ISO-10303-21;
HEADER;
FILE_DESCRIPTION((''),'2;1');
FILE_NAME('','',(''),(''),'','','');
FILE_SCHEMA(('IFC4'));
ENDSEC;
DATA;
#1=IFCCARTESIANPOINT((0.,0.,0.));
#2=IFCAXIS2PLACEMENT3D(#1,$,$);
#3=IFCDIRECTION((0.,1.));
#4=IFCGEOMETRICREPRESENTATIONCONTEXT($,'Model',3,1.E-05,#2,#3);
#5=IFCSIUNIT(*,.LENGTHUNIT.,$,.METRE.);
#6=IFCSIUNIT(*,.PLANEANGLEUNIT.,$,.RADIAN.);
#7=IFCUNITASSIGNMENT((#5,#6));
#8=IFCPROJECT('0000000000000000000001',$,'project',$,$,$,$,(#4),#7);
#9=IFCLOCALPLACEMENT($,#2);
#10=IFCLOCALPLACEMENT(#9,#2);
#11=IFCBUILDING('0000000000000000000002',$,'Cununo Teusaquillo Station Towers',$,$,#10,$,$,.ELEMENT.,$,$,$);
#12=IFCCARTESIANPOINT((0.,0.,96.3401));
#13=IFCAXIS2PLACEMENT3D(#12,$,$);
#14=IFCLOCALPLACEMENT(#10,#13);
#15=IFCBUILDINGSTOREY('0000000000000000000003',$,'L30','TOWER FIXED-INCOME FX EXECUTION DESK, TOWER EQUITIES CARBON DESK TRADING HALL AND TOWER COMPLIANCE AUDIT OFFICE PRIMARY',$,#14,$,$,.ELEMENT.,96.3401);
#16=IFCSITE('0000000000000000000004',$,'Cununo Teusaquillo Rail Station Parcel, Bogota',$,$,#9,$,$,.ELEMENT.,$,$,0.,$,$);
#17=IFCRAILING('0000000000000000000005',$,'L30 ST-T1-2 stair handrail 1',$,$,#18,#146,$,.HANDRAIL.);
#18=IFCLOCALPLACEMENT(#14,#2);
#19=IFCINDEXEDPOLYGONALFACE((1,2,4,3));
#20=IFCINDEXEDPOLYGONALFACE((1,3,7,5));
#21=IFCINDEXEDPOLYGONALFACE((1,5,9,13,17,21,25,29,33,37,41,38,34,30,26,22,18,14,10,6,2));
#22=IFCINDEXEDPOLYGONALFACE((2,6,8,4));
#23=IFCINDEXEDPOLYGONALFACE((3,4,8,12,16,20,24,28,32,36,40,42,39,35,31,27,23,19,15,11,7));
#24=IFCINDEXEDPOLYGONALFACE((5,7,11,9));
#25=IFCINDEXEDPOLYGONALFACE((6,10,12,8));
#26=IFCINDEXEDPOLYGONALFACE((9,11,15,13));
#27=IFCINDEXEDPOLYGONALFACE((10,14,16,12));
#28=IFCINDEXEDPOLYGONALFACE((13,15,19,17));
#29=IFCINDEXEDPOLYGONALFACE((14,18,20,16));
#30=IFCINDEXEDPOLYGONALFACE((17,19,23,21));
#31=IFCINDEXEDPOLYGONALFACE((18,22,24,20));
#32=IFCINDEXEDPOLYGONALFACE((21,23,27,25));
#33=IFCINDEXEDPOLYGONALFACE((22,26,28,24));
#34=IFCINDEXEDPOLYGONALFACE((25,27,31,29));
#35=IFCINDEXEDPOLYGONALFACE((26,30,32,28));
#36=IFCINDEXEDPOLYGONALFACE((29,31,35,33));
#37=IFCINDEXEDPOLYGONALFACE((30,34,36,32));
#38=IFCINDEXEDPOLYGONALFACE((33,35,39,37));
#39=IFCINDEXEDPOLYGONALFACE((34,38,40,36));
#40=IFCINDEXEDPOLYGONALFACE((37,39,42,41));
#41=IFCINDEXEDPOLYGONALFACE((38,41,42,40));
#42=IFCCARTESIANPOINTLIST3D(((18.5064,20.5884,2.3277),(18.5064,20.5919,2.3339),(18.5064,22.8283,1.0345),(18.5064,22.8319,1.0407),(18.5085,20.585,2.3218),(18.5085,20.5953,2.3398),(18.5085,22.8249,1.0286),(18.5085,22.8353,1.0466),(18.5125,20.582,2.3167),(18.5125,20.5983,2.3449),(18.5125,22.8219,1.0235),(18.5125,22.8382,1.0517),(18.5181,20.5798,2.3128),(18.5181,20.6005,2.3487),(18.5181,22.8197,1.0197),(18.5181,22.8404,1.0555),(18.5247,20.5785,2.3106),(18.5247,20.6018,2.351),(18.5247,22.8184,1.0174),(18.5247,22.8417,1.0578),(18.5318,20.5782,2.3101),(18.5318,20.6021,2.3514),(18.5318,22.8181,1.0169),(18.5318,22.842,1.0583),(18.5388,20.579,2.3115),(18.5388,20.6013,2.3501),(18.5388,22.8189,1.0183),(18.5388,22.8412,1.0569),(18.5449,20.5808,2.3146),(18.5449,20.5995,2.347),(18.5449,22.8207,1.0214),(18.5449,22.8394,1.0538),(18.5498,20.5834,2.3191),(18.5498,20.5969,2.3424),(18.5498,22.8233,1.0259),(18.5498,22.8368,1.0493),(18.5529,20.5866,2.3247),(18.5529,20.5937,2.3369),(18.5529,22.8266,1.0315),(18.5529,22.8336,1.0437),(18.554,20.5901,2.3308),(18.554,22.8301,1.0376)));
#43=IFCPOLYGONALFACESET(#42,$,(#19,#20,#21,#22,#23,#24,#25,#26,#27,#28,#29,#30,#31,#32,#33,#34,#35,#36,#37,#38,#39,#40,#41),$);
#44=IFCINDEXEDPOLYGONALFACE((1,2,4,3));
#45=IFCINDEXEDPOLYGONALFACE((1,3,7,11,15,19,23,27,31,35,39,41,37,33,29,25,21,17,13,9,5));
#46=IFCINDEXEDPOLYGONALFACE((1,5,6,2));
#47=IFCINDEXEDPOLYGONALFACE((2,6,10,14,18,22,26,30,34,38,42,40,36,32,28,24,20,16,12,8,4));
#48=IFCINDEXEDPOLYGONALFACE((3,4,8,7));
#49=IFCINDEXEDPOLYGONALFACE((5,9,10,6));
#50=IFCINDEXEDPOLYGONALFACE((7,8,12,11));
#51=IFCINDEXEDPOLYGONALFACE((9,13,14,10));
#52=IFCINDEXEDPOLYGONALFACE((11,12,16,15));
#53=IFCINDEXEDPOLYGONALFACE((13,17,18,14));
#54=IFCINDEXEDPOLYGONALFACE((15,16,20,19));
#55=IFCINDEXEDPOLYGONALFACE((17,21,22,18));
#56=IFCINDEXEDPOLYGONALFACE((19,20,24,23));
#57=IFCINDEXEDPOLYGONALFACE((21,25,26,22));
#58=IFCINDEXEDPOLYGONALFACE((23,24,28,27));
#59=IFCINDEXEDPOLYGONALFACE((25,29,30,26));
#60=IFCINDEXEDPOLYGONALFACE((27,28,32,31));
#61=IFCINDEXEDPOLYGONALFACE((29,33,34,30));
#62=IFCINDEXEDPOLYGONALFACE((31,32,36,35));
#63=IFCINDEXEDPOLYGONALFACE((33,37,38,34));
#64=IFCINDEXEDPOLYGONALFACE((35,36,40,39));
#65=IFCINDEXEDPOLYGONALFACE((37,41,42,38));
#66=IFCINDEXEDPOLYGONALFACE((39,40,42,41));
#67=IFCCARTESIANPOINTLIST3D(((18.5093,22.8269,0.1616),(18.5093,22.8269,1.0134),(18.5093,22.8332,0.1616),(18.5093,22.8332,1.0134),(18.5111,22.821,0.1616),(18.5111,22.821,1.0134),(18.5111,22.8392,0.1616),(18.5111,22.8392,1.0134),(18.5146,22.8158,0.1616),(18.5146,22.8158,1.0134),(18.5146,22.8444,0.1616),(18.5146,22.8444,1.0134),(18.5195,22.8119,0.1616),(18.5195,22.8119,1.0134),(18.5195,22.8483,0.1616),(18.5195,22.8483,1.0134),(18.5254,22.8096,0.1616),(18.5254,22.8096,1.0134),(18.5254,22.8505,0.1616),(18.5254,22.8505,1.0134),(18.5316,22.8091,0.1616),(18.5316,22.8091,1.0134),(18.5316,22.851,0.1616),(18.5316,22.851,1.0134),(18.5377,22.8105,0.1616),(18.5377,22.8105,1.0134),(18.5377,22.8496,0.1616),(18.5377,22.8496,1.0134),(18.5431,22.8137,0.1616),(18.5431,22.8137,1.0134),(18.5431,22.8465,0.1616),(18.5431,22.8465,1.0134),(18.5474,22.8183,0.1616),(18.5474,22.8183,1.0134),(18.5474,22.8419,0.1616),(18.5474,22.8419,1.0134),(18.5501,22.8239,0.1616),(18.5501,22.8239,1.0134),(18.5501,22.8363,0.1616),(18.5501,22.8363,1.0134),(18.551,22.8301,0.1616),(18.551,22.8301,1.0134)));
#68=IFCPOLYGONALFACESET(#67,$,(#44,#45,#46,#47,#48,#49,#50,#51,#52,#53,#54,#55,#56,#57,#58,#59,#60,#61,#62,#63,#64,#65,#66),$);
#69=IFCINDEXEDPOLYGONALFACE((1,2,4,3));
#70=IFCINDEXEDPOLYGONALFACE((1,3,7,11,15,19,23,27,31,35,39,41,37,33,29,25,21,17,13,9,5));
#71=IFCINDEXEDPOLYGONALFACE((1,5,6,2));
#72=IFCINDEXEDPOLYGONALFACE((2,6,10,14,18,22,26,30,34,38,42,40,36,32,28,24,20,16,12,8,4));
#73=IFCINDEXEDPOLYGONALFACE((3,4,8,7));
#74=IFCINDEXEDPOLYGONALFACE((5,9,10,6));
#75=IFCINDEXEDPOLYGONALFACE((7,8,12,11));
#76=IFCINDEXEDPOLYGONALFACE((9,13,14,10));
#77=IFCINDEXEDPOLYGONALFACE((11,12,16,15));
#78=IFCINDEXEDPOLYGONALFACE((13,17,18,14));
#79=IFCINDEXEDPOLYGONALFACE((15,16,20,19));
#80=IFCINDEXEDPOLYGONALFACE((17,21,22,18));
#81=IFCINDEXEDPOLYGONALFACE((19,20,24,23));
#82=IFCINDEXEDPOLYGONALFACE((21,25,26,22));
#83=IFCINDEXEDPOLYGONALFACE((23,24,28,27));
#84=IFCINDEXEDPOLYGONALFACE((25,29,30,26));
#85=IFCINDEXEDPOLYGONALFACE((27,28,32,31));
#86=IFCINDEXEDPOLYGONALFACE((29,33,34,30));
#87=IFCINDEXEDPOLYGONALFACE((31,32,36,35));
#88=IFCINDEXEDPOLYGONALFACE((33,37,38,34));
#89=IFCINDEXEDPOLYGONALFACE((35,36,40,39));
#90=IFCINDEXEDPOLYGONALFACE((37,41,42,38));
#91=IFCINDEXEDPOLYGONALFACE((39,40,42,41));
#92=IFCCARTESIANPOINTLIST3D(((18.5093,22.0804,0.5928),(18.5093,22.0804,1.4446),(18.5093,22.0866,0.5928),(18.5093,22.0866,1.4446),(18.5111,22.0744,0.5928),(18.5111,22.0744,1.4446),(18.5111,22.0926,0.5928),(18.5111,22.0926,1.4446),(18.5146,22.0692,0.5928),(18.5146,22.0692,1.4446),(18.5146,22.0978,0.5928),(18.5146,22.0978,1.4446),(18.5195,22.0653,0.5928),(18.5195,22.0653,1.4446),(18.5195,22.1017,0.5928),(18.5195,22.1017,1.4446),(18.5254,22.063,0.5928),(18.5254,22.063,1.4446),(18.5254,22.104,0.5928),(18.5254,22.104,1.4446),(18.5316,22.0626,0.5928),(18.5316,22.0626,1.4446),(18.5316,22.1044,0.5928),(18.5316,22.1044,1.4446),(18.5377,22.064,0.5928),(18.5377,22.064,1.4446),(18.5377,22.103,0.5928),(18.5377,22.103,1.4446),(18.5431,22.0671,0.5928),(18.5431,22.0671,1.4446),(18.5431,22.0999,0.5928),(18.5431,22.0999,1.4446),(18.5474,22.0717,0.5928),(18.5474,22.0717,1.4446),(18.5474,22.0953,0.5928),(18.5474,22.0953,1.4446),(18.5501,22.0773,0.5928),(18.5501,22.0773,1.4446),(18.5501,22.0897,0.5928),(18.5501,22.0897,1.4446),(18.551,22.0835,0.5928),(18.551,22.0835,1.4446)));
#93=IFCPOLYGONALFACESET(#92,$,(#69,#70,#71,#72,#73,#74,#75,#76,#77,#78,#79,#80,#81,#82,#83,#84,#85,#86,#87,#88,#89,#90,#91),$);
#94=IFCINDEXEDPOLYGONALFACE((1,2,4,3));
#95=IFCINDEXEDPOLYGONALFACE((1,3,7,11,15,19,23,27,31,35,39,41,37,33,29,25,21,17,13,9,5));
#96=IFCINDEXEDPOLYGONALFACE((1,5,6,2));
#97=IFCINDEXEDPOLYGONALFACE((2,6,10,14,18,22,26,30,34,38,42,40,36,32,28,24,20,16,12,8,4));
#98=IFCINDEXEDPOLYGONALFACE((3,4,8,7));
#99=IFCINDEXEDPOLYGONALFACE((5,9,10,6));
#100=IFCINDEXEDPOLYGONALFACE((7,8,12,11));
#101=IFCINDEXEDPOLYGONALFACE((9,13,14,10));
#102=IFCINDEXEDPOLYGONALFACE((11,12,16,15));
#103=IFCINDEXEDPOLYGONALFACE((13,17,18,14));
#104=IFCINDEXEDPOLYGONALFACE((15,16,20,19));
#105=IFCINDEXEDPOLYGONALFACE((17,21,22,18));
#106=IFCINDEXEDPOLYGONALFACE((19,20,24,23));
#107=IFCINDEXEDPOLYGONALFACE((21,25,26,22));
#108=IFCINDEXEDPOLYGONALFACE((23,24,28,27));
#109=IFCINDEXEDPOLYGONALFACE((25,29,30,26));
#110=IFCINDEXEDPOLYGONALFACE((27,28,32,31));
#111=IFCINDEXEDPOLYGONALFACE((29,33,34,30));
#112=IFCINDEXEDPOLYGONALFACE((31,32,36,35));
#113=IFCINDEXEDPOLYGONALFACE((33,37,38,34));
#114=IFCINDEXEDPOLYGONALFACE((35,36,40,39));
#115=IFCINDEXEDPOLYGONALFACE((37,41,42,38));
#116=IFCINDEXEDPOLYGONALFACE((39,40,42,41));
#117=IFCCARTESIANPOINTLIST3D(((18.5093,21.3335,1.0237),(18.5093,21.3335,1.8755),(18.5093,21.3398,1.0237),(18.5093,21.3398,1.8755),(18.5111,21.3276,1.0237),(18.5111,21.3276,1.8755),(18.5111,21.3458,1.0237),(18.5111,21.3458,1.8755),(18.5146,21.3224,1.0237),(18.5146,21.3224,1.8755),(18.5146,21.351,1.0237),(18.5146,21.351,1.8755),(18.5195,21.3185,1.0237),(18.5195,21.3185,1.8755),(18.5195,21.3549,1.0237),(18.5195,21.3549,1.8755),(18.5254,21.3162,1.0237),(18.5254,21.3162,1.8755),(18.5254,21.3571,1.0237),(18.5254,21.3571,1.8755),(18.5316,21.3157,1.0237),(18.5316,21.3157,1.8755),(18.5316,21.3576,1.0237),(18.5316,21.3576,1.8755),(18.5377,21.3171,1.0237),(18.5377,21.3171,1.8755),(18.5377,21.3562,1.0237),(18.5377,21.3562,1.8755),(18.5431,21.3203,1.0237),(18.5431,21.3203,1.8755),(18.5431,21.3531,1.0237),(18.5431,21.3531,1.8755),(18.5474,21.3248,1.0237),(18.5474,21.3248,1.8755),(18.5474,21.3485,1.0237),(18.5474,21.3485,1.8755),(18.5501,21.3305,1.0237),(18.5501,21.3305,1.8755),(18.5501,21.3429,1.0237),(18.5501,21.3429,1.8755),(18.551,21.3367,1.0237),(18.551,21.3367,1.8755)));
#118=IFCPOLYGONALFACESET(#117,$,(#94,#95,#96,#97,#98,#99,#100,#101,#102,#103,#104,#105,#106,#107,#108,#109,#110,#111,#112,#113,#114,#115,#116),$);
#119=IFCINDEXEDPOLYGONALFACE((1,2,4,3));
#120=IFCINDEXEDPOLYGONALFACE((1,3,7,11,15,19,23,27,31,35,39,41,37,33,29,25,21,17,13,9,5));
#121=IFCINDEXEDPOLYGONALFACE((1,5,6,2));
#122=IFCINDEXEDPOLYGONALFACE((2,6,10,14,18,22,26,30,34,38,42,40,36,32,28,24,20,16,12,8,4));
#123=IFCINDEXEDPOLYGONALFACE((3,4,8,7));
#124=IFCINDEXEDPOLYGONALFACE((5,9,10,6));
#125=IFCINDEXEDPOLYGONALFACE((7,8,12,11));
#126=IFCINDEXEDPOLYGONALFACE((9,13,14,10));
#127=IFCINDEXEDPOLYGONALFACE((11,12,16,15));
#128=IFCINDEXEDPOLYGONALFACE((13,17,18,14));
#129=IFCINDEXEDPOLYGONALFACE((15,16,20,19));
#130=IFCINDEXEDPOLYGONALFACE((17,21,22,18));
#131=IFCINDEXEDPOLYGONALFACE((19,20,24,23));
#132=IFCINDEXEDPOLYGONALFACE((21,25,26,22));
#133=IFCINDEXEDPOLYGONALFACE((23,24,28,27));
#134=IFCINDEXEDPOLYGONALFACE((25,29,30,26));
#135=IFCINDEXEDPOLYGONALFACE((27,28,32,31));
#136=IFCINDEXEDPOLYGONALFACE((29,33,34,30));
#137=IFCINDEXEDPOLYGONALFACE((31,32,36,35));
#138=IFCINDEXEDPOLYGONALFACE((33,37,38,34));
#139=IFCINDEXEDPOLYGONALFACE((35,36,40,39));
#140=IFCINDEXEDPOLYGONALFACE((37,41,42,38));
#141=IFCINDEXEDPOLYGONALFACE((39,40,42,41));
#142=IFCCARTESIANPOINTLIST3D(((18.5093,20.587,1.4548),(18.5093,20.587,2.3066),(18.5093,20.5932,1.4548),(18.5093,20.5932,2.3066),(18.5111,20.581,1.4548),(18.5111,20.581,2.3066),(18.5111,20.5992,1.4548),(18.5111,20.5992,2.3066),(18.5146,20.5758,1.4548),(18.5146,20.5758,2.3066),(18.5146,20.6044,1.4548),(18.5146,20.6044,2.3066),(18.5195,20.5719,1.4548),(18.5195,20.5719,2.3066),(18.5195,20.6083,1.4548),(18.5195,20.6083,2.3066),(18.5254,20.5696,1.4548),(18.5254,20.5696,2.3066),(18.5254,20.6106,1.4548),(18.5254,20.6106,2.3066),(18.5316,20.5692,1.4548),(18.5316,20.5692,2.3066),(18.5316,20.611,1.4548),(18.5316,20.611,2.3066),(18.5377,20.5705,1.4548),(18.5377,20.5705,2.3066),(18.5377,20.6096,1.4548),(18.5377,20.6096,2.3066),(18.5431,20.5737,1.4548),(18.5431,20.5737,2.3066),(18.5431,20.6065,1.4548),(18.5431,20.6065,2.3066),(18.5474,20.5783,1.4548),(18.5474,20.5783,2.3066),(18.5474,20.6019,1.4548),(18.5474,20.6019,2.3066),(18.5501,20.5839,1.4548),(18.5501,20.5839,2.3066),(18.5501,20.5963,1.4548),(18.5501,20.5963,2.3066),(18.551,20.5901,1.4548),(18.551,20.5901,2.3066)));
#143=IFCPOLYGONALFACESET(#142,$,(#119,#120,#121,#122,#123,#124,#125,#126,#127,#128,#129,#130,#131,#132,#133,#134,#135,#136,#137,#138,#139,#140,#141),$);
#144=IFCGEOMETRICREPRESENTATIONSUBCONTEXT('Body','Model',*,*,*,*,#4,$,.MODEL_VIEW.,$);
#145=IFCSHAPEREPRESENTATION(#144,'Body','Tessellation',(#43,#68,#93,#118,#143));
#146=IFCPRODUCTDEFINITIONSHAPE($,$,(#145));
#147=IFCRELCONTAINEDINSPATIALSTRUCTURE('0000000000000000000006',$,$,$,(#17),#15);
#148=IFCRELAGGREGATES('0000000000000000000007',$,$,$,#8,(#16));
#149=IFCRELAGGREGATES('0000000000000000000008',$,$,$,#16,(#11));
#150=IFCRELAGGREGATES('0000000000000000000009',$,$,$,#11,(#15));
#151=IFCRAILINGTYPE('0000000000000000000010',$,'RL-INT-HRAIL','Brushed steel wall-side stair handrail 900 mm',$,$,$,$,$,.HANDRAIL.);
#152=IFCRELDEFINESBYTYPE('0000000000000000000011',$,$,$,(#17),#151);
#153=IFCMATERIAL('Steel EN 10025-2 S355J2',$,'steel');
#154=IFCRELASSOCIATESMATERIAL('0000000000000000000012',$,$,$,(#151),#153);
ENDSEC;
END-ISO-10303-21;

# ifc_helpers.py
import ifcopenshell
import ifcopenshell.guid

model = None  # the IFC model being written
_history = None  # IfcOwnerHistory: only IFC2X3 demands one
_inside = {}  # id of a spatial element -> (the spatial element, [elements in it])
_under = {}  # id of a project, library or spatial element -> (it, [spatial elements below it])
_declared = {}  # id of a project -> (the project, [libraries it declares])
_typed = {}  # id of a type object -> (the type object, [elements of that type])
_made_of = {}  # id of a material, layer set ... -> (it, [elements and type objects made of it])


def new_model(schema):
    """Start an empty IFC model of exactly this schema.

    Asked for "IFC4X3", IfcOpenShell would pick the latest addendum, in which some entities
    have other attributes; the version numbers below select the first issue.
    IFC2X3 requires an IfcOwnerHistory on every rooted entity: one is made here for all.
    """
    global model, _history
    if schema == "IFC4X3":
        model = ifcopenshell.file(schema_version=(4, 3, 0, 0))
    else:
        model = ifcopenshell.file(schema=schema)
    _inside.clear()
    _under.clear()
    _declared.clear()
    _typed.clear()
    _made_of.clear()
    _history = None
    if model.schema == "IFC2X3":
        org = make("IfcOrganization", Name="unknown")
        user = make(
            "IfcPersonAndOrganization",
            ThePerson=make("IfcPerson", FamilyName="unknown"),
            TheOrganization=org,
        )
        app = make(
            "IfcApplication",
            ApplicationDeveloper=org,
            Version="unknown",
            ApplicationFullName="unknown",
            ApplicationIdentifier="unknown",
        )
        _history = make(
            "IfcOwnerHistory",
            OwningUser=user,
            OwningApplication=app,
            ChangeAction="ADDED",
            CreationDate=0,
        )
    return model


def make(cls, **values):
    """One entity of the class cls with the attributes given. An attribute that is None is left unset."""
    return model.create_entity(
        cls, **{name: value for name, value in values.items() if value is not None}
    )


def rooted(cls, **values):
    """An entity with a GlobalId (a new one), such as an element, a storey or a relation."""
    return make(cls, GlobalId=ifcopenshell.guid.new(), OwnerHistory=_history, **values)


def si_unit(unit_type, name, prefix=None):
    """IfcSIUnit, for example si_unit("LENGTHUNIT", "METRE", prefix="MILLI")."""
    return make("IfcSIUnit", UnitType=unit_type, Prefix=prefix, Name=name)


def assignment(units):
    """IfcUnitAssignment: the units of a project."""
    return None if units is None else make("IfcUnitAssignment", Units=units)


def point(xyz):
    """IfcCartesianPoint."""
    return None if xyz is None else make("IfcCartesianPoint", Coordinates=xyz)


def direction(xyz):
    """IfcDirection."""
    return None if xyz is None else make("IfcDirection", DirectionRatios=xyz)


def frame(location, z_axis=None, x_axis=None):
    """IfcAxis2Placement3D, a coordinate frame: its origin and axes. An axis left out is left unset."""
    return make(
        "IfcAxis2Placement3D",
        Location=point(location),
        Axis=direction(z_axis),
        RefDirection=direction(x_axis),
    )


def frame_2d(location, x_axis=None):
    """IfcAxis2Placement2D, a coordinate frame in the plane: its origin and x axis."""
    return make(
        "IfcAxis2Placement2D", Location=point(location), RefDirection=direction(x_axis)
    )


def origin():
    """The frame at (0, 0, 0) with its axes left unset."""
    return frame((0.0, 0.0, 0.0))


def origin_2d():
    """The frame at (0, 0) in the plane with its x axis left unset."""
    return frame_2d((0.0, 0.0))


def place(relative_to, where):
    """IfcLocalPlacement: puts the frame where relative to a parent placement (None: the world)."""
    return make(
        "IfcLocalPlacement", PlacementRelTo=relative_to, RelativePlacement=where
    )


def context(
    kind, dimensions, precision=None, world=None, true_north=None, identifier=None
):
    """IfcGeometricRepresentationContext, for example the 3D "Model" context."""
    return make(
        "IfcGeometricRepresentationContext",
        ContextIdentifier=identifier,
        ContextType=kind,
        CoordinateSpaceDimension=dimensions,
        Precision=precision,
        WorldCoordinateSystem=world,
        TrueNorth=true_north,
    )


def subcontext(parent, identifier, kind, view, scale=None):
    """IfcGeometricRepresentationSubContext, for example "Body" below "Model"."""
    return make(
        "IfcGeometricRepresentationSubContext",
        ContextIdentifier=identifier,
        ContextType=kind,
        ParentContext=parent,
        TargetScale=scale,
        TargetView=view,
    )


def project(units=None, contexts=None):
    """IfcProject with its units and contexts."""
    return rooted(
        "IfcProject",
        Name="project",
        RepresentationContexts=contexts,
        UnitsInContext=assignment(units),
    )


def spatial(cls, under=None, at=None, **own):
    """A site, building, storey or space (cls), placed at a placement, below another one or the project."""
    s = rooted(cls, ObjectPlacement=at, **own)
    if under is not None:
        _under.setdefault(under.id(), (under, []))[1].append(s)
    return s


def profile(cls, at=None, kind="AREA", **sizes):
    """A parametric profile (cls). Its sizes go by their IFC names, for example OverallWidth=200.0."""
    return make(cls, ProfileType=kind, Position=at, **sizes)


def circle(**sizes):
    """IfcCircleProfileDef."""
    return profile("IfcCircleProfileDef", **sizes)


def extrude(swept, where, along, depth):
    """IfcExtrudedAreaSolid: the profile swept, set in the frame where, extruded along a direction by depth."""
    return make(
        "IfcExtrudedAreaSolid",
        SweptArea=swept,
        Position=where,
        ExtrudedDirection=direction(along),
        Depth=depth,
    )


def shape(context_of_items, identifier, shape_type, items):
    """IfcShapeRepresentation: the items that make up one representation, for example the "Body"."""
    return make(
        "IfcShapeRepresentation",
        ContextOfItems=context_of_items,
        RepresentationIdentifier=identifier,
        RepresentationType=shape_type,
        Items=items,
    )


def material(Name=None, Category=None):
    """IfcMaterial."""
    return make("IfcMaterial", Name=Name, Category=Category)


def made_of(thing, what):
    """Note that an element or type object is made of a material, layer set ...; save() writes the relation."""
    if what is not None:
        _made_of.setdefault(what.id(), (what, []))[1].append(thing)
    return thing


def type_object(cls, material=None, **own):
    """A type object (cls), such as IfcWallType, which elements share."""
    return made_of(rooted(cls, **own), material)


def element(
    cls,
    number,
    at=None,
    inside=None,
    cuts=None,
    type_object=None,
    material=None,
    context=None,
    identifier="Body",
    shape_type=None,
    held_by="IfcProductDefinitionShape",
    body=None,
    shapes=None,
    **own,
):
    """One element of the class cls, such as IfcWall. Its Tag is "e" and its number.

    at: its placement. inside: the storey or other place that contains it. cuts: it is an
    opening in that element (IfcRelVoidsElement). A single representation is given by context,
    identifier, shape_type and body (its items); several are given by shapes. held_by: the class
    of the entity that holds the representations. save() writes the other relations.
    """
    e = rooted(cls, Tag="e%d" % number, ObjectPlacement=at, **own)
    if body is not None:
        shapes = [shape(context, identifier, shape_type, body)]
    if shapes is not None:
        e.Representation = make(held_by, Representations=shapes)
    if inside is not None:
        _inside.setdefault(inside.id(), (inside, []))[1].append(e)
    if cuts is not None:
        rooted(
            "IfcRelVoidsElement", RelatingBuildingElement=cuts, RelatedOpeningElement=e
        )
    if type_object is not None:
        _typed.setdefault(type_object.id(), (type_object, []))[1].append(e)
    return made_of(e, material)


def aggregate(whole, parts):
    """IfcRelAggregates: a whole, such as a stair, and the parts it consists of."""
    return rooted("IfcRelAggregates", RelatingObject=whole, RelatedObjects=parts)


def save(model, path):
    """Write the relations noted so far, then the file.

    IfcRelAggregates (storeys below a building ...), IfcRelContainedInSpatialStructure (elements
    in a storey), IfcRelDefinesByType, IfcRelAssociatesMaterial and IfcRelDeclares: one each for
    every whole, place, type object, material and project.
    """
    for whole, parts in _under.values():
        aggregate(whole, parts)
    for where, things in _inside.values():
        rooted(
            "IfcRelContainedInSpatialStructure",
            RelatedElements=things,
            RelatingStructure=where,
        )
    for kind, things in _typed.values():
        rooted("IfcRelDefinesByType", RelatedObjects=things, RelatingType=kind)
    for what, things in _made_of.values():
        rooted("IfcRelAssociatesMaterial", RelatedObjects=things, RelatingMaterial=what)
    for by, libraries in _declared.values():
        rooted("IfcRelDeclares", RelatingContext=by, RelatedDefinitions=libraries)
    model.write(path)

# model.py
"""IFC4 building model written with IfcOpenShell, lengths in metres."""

from ifc_helpers import new_model, si_unit, direction, frame, origin, origin_2d, place, context, subcontext, project, spatial, circle, extrude, material, type_object, element, save


model = new_model("IFC4")

# Units and contexts
model_context = context("Model", 3, precision=1e-05, world=origin(), true_north=direction((0.0, 1.0)))
body_context = subcontext(model_context, "Body", "Model", "MODEL_VIEW")
ifc_project = project(units=[si_unit("LENGTHUNIT", "METRE"), si_unit("PLANEANGLEUNIT", "RADIAN")], contexts=[model_context])

# Site, building, storey
site_placement = place(None, origin())
site = spatial("IfcSite", under=ifc_project, at=site_placement, Name="Cununo Teusaquillo Rail Station Parcel, Bogota", CompositionType="ELEMENT", RefElevation=0.0)
building_placement = place(site_placement, origin())
building = spatial("IfcBuilding", under=site, at=building_placement, Name="Cununo Teusaquillo Station Towers", CompositionType="ELEMENT")
storey_placement = place(building_placement, frame((0.0, 0.0, 96.3401)))
storey = spatial("IfcBuildingStorey", under=building, at=storey_placement, Name="L30", Description="TOWER FIXED-INCOME FX EXECUTION DESK, TOWER EQUITIES CARBON DESK TRADING HALL AND TOWER COMPLIANCE AUDIT OFFICE PRIMARY", CompositionType="ELEMENT", Elevation=96.3401)

# Railing
ifc_material_1 = material(Name="Steel EN 10025-2 S355J2", Category="steel")
railing_type_1 = type_object("IfcRailingType", Name="RL-INT-HRAIL", Description="Brushed steel wall-side stair handrail 900 mm", PredefinedType="HANDRAIL", material=ifc_material_1)
railing_1_placement = place(storey_placement, frame((18.53, 22.8301, 0.1616)))
element("IfcRailing", 1, at=railing_1_placement, inside=storey, type_object=railing_type_1, Name="L30 ST-T1-2 stair handrail 1", PredefinedType="HANDRAIL", context=body_context, shape_type="SweptSolid", body=[
    extrude(circle(Radius=0.0239, at=origin_2d()), frame((0.0, 0.0, 0.876), z_axis=(0.0, -0.866033, 0.499987), x_axis=(1.0, 0.0, 0.0)), (0.0, 0.0, 1.0), 2.5864),
    extrude(circle(Radius=0.021, at=origin_2d()), origin(), (0.0, 0.0, 1.0), 0.8518),
    extrude(circle(Radius=0.021, at=origin_2d()), frame((0.0, -0.7466, 0.4312)), (0.0, 0.0, 1.0), 0.8518),
    extrude(circle(Radius=0.021, at=origin_2d()), frame((0.0, -1.4934, 0.8621)), (0.0, 0.0, 1.0), 0.8518),
    extrude(circle(Radius=0.021, at=origin_2d()), frame((0.0, -2.24, 1.2932)), (0.0, 0.0, 1.0), 0.8518),
])

save(model, "model.ifc")
